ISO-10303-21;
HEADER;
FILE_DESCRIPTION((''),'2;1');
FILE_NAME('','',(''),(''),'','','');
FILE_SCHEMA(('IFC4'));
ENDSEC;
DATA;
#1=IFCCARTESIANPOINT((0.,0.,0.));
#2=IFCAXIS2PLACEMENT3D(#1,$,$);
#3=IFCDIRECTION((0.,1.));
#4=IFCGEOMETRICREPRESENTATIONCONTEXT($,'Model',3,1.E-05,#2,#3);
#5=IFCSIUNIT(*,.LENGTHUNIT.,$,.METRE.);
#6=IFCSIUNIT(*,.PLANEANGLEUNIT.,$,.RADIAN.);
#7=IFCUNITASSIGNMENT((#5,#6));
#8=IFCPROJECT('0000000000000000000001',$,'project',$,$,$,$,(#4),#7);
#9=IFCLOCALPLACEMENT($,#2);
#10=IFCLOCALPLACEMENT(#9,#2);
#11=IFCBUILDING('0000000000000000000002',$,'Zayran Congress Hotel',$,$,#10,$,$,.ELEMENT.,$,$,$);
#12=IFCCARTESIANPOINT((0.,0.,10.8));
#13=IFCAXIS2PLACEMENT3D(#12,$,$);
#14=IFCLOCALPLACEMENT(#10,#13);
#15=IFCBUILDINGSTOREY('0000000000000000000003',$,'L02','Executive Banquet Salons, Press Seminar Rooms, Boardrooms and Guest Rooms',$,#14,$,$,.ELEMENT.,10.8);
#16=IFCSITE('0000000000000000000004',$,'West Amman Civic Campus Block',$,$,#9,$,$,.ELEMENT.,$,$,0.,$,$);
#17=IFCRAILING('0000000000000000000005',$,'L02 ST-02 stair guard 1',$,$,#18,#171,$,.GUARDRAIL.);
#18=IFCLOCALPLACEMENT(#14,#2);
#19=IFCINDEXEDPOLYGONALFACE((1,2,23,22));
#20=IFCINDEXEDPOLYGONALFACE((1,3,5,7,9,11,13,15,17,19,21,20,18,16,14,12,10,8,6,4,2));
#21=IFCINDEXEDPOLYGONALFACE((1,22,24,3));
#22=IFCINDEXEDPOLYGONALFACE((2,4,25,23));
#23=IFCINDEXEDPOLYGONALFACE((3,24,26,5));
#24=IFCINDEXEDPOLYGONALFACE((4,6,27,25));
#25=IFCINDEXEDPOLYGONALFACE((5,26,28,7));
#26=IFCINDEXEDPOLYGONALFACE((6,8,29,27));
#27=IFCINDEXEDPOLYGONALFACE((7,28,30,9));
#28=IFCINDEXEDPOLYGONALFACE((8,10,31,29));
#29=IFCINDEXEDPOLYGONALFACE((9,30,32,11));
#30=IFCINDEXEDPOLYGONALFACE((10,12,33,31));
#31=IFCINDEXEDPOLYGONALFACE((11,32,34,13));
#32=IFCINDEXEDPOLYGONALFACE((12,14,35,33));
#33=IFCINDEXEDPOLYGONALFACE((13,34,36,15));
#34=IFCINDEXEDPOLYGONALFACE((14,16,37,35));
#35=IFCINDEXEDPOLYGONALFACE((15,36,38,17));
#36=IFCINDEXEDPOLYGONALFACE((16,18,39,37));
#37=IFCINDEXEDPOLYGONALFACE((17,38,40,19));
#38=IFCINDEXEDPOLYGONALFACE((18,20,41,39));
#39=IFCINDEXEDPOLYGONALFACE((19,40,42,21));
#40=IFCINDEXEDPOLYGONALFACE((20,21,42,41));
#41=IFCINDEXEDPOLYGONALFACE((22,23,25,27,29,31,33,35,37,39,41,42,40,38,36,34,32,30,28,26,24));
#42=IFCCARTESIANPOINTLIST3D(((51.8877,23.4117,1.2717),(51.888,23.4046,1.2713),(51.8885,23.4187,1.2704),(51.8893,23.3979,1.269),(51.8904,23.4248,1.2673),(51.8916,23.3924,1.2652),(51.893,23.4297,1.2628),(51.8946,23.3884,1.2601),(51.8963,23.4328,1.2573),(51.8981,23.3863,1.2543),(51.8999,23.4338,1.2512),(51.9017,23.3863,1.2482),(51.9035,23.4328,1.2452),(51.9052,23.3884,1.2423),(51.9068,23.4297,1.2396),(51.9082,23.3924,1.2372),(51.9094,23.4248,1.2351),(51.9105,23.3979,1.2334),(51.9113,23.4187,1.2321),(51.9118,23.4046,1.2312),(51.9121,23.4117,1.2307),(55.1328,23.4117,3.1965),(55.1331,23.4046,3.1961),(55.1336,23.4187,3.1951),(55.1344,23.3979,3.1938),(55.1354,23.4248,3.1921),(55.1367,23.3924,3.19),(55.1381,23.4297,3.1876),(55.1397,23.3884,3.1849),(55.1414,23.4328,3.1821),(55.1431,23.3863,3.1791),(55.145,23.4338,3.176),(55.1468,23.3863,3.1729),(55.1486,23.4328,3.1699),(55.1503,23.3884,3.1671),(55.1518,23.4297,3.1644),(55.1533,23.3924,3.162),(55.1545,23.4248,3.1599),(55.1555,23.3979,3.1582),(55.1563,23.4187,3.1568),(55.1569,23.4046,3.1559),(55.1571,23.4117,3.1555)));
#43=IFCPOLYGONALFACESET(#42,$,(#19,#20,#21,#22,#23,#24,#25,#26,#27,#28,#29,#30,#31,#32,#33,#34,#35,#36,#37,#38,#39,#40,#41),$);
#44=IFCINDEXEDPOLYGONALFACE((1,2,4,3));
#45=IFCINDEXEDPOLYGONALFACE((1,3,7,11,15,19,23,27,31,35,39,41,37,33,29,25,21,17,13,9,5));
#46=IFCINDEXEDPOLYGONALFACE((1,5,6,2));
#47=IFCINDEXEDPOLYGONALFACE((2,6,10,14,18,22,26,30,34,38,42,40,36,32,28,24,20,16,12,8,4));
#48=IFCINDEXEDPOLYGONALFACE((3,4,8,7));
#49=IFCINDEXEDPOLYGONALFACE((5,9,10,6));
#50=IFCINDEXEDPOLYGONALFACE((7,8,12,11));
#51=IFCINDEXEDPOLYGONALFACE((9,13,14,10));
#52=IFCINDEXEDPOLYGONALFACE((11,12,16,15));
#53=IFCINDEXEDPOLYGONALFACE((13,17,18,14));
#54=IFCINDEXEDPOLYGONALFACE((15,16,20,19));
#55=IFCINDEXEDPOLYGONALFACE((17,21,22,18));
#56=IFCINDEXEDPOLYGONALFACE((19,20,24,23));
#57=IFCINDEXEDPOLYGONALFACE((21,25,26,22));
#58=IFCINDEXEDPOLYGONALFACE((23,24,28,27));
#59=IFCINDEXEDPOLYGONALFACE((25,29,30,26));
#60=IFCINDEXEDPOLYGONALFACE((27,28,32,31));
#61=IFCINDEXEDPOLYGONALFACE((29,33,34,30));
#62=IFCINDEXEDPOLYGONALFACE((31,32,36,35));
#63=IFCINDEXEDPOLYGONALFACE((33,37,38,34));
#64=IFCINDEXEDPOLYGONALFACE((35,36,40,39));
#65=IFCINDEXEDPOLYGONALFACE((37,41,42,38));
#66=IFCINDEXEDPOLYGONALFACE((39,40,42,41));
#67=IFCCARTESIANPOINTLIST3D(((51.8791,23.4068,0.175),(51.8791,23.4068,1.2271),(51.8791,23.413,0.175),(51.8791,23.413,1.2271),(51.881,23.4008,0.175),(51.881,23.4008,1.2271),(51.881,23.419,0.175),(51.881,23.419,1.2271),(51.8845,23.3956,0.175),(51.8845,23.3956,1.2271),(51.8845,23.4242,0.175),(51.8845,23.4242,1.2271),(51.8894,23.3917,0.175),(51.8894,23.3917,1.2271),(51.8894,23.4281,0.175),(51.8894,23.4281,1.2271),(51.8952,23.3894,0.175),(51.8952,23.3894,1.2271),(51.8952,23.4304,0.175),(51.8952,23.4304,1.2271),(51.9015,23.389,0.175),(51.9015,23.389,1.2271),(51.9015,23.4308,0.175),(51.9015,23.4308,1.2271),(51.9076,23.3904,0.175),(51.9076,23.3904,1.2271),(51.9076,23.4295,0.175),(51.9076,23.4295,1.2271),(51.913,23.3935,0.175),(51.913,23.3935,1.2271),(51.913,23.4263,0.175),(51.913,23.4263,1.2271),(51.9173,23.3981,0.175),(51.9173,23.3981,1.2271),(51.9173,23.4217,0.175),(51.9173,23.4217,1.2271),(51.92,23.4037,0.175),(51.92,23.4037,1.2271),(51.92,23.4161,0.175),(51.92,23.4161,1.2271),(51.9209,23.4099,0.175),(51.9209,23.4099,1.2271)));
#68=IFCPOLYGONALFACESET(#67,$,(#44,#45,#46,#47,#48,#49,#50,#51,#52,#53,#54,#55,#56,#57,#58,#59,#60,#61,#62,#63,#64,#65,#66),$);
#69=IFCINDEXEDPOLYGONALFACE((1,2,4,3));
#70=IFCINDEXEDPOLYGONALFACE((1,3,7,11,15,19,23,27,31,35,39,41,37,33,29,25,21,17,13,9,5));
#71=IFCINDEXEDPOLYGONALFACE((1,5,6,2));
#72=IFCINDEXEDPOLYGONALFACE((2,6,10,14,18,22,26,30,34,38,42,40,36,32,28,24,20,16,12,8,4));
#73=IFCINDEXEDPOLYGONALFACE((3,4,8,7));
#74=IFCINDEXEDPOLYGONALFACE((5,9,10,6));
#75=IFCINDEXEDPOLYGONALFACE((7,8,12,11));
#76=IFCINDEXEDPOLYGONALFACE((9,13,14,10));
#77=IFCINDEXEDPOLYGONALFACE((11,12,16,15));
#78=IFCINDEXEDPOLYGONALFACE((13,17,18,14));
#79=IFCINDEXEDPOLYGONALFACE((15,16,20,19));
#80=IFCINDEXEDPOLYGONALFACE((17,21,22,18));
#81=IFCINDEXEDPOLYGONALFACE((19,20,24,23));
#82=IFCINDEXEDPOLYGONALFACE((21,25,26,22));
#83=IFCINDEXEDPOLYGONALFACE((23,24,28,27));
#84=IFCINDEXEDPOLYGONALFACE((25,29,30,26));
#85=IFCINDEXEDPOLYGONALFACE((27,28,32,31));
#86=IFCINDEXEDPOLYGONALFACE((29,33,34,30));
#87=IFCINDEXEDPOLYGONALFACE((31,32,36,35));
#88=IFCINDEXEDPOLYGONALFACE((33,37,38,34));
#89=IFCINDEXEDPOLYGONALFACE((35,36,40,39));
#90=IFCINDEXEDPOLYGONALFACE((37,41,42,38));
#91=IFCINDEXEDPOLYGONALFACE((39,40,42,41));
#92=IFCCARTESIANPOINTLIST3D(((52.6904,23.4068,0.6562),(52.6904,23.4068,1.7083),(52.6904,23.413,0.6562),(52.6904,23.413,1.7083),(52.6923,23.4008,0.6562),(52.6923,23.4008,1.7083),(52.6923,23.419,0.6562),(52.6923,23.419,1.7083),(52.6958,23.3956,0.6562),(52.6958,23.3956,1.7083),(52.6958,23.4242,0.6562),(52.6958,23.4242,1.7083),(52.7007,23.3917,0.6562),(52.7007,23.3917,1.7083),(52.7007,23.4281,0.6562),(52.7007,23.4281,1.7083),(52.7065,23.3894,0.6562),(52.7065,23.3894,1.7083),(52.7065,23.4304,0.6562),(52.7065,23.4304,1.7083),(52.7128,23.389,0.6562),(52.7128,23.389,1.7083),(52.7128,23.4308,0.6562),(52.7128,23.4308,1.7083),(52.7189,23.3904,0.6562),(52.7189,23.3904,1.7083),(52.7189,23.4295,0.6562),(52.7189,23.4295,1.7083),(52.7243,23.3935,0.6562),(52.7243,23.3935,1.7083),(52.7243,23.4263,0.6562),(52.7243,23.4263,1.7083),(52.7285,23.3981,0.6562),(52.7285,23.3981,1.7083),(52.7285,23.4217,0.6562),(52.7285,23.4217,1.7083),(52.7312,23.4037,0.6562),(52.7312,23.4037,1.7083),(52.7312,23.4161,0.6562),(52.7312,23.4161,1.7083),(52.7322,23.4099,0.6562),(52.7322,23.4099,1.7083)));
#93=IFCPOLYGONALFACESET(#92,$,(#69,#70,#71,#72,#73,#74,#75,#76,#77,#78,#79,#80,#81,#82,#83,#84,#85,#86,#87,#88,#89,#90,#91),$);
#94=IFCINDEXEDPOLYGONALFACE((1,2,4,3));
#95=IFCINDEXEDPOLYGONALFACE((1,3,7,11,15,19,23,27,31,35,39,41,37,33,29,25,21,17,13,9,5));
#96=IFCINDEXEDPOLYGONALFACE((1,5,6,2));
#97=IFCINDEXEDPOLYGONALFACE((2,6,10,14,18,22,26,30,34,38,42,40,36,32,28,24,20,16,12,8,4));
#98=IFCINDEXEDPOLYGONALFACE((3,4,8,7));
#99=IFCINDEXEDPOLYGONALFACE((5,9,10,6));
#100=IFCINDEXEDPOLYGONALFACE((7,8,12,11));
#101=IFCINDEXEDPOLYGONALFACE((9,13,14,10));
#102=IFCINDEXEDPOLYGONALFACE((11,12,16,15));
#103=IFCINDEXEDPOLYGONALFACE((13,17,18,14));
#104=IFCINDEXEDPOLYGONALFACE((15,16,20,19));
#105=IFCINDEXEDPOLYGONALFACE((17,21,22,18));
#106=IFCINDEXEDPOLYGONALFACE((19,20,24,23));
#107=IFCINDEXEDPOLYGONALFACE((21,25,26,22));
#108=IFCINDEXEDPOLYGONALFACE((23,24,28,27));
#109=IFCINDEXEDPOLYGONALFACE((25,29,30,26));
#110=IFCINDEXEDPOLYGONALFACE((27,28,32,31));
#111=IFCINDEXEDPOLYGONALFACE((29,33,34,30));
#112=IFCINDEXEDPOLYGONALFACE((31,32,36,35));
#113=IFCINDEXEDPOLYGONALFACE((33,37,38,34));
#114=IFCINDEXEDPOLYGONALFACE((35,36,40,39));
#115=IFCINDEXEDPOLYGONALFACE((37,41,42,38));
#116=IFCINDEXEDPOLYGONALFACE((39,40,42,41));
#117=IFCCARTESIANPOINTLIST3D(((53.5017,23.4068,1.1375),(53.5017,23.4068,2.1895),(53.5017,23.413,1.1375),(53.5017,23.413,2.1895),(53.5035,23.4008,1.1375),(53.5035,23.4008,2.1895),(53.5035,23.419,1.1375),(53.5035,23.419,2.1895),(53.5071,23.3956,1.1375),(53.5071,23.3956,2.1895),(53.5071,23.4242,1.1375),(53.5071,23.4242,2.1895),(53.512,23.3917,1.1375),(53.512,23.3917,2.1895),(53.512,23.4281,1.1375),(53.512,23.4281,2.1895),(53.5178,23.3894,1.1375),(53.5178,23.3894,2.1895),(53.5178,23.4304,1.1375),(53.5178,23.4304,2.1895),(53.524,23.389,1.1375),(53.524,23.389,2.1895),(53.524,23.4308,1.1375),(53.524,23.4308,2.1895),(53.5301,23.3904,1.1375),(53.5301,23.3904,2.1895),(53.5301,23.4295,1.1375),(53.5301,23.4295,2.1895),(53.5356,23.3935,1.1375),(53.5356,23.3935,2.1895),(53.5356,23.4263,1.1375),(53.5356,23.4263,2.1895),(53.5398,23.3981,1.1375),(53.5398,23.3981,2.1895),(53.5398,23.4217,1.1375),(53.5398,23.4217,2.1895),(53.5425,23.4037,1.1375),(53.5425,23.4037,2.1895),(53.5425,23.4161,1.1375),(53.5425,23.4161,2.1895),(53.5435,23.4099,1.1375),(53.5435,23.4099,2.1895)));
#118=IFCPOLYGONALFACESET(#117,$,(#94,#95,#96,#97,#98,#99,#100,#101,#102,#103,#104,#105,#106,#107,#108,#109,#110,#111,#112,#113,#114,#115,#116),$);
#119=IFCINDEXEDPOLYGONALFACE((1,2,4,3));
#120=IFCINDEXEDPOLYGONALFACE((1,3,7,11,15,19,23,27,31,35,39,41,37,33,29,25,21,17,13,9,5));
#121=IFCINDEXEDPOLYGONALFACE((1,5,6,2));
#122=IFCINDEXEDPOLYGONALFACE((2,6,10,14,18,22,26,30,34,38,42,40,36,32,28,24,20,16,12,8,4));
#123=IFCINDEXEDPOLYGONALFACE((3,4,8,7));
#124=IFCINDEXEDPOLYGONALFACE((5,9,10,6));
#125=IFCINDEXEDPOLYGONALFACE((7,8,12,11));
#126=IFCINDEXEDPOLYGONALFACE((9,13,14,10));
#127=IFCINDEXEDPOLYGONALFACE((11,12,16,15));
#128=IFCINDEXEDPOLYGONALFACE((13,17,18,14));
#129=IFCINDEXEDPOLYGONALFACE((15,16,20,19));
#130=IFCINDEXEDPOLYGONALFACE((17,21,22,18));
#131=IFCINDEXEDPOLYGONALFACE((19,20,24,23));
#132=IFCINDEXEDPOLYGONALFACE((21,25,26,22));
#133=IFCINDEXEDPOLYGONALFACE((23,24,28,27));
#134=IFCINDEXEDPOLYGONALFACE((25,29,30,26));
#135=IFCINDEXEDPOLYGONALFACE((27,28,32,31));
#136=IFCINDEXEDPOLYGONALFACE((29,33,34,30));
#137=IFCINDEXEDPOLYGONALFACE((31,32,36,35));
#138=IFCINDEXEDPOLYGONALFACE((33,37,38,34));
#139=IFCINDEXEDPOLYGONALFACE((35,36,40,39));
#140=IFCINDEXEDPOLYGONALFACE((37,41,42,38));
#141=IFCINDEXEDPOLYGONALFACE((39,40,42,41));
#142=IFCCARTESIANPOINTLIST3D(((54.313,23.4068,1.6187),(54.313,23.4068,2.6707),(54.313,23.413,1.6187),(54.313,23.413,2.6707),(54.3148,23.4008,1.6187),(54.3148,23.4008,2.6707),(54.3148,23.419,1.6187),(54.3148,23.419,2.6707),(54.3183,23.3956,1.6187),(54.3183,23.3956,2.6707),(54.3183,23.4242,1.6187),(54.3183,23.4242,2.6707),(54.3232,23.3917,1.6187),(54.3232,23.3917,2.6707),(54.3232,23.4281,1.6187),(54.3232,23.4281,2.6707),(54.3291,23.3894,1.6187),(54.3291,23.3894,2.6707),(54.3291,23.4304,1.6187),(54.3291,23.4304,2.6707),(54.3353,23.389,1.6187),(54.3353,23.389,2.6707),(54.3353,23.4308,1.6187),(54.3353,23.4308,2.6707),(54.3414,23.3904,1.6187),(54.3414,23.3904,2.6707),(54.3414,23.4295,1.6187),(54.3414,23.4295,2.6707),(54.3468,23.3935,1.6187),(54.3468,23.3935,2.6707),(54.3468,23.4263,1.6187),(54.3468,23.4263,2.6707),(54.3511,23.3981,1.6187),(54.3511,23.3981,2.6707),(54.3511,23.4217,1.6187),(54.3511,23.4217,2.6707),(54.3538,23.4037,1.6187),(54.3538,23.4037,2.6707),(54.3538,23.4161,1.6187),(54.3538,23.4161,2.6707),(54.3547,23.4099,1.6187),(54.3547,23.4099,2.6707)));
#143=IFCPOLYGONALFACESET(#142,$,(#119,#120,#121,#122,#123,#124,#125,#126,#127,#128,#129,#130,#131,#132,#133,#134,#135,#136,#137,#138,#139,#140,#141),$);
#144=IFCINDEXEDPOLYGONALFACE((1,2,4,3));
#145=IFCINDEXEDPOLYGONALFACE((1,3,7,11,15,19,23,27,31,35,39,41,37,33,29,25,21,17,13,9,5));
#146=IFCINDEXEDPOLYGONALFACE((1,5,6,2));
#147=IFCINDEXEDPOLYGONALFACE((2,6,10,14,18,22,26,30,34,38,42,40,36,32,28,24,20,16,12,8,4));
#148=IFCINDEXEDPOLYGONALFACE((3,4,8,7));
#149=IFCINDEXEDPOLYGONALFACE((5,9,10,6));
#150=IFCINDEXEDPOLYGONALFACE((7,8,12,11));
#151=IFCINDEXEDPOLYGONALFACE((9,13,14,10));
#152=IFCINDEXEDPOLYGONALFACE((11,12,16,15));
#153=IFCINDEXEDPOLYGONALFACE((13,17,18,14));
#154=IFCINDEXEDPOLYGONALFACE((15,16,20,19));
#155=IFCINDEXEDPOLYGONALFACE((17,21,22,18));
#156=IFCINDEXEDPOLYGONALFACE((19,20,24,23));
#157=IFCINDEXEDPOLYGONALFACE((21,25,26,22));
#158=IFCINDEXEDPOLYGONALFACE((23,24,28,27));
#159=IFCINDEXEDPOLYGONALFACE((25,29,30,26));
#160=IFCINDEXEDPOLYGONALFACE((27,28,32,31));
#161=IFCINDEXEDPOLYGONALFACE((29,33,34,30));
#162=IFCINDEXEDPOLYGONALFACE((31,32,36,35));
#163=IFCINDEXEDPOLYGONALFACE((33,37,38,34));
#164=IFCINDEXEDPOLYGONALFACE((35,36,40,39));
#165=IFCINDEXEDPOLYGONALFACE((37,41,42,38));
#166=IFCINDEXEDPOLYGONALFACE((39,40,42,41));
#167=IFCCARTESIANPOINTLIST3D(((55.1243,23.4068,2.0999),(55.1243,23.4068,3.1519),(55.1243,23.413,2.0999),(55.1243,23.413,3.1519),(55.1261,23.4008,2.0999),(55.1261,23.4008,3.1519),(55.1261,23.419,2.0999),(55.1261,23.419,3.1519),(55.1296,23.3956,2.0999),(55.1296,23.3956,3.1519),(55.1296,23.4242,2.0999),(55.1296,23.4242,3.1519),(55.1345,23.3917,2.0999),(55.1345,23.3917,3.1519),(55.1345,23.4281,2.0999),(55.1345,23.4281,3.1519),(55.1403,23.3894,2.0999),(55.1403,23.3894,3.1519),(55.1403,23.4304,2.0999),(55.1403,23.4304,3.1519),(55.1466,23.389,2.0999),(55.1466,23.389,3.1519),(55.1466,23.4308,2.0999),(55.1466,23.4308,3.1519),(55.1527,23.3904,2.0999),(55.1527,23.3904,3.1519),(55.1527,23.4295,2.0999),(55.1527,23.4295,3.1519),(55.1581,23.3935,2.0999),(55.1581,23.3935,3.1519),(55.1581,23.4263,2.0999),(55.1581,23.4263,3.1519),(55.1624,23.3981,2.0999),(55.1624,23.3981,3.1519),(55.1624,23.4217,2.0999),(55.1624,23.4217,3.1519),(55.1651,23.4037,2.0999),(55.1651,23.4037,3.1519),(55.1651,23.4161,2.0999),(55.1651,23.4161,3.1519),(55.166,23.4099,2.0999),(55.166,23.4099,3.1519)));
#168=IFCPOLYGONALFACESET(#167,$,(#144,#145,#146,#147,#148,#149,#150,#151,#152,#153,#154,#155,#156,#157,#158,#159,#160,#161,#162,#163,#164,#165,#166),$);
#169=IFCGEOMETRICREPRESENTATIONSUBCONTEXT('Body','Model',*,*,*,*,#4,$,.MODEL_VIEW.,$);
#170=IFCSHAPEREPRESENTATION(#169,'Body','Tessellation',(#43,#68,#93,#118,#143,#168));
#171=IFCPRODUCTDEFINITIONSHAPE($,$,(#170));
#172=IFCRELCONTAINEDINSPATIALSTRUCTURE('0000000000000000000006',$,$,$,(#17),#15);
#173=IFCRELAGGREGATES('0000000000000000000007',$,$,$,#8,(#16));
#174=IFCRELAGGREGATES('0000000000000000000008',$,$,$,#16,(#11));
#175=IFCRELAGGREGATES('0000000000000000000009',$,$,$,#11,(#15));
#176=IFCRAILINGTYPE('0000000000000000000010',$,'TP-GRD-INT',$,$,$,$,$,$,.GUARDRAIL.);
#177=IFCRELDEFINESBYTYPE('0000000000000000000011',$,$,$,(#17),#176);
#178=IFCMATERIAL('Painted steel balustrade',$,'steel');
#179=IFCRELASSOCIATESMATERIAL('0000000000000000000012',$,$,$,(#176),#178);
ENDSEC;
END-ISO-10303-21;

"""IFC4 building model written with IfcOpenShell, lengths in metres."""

from ifc_helpers import new_model, si_unit, direction, frame, origin, origin_2d, place, context, subcontext, project, spatial, circle, extrude, material, type_object, element, save


model = new_model("IFC4")

# Units and contexts
model_context = context("Model", 3, precision=1e-05, world=origin(), true_north=direction((0.0, 1.0)))
body_context = subcontext(model_context, "Body", "Model", "MODEL_VIEW")
ifc_project = project(units=[si_unit("LENGTHUNIT", "METRE"), si_unit("PLANEANGLEUNIT", "RADIAN")], contexts=[model_context])

# Site, building, storey
site_placement = place(None, origin())
site = spatial("IfcSite", under=ifc_project, at=site_placement, Name="West Amman Civic Campus Block", CompositionType="ELEMENT", RefElevation=0.0)
building_placement = place(site_placement, origin())
building = spatial("IfcBuilding", under=site, at=building_placement, Name="Zayran Congress Hotel", CompositionType="ELEMENT")
storey_placement = place(building_placement, frame((0.0, 0.0, 10.8)))
storey = spatial("IfcBuildingStorey", under=building, at=storey_placement, Name="L02", Description="Executive Banquet Salons, Press Seminar Rooms, Boardrooms and Guest Rooms", CompositionType="ELEMENT", Elevation=10.8)

# Railing
ifc_material_1 = material(Name="Painted steel balustrade", Category="steel")
railing_type_1 = type_object("IfcRailingType", Name="TP-GRD-INT", PredefinedType="GUARDRAIL", material=ifc_material_1)
railing_1_placement = place(storey_placement, frame((51.8999, 23.4099, 0.175)))
element("IfcRailing", 1, at=railing_1_placement, inside=storey, type_object=railing_type_1, Name="L02 ST-02 stair guard 1", PredefinedType="GUARDRAIL", context=body_context, shape_type="SweptSolid", body=[
    extrude(circle(Radius=0.0239, at=origin_2d()), frame((0.0, 0.0, 1.0762), z_axis=(0.860085, 0.0, 0.51015), x_axis=(0.0, 1.0, 0.0)), (0.0, 0.0, 1.0), 3.7729),
    extrude(circle(Radius=0.021, at=origin_2d()), origin(), (0.0, 0.0, 1.0), 1.052),
    extrude(circle(Radius=0.021, at=origin_2d()), frame((0.8113, 0.0, 0.4812)), (0.0, 0.0, 1.0), 1.052),
    extrude(circle(Radius=0.021, at=origin_2d()), frame((1.6226, 0.0, 0.9624)), (0.0, 0.0, 1.0), 1.052),
    extrude(circle(Radius=0.021, at=origin_2d()), frame((2.4338, 0.0, 1.4436)), (0.0, 0.0, 1.0), 1.052),
    extrude(circle(Radius=0.021, at=origin_2d()), frame((3.2451, 0.0, 1.9248)), (0.0, 0.0, 1.0), 1.052),
])

save(model, "model.ifc")
